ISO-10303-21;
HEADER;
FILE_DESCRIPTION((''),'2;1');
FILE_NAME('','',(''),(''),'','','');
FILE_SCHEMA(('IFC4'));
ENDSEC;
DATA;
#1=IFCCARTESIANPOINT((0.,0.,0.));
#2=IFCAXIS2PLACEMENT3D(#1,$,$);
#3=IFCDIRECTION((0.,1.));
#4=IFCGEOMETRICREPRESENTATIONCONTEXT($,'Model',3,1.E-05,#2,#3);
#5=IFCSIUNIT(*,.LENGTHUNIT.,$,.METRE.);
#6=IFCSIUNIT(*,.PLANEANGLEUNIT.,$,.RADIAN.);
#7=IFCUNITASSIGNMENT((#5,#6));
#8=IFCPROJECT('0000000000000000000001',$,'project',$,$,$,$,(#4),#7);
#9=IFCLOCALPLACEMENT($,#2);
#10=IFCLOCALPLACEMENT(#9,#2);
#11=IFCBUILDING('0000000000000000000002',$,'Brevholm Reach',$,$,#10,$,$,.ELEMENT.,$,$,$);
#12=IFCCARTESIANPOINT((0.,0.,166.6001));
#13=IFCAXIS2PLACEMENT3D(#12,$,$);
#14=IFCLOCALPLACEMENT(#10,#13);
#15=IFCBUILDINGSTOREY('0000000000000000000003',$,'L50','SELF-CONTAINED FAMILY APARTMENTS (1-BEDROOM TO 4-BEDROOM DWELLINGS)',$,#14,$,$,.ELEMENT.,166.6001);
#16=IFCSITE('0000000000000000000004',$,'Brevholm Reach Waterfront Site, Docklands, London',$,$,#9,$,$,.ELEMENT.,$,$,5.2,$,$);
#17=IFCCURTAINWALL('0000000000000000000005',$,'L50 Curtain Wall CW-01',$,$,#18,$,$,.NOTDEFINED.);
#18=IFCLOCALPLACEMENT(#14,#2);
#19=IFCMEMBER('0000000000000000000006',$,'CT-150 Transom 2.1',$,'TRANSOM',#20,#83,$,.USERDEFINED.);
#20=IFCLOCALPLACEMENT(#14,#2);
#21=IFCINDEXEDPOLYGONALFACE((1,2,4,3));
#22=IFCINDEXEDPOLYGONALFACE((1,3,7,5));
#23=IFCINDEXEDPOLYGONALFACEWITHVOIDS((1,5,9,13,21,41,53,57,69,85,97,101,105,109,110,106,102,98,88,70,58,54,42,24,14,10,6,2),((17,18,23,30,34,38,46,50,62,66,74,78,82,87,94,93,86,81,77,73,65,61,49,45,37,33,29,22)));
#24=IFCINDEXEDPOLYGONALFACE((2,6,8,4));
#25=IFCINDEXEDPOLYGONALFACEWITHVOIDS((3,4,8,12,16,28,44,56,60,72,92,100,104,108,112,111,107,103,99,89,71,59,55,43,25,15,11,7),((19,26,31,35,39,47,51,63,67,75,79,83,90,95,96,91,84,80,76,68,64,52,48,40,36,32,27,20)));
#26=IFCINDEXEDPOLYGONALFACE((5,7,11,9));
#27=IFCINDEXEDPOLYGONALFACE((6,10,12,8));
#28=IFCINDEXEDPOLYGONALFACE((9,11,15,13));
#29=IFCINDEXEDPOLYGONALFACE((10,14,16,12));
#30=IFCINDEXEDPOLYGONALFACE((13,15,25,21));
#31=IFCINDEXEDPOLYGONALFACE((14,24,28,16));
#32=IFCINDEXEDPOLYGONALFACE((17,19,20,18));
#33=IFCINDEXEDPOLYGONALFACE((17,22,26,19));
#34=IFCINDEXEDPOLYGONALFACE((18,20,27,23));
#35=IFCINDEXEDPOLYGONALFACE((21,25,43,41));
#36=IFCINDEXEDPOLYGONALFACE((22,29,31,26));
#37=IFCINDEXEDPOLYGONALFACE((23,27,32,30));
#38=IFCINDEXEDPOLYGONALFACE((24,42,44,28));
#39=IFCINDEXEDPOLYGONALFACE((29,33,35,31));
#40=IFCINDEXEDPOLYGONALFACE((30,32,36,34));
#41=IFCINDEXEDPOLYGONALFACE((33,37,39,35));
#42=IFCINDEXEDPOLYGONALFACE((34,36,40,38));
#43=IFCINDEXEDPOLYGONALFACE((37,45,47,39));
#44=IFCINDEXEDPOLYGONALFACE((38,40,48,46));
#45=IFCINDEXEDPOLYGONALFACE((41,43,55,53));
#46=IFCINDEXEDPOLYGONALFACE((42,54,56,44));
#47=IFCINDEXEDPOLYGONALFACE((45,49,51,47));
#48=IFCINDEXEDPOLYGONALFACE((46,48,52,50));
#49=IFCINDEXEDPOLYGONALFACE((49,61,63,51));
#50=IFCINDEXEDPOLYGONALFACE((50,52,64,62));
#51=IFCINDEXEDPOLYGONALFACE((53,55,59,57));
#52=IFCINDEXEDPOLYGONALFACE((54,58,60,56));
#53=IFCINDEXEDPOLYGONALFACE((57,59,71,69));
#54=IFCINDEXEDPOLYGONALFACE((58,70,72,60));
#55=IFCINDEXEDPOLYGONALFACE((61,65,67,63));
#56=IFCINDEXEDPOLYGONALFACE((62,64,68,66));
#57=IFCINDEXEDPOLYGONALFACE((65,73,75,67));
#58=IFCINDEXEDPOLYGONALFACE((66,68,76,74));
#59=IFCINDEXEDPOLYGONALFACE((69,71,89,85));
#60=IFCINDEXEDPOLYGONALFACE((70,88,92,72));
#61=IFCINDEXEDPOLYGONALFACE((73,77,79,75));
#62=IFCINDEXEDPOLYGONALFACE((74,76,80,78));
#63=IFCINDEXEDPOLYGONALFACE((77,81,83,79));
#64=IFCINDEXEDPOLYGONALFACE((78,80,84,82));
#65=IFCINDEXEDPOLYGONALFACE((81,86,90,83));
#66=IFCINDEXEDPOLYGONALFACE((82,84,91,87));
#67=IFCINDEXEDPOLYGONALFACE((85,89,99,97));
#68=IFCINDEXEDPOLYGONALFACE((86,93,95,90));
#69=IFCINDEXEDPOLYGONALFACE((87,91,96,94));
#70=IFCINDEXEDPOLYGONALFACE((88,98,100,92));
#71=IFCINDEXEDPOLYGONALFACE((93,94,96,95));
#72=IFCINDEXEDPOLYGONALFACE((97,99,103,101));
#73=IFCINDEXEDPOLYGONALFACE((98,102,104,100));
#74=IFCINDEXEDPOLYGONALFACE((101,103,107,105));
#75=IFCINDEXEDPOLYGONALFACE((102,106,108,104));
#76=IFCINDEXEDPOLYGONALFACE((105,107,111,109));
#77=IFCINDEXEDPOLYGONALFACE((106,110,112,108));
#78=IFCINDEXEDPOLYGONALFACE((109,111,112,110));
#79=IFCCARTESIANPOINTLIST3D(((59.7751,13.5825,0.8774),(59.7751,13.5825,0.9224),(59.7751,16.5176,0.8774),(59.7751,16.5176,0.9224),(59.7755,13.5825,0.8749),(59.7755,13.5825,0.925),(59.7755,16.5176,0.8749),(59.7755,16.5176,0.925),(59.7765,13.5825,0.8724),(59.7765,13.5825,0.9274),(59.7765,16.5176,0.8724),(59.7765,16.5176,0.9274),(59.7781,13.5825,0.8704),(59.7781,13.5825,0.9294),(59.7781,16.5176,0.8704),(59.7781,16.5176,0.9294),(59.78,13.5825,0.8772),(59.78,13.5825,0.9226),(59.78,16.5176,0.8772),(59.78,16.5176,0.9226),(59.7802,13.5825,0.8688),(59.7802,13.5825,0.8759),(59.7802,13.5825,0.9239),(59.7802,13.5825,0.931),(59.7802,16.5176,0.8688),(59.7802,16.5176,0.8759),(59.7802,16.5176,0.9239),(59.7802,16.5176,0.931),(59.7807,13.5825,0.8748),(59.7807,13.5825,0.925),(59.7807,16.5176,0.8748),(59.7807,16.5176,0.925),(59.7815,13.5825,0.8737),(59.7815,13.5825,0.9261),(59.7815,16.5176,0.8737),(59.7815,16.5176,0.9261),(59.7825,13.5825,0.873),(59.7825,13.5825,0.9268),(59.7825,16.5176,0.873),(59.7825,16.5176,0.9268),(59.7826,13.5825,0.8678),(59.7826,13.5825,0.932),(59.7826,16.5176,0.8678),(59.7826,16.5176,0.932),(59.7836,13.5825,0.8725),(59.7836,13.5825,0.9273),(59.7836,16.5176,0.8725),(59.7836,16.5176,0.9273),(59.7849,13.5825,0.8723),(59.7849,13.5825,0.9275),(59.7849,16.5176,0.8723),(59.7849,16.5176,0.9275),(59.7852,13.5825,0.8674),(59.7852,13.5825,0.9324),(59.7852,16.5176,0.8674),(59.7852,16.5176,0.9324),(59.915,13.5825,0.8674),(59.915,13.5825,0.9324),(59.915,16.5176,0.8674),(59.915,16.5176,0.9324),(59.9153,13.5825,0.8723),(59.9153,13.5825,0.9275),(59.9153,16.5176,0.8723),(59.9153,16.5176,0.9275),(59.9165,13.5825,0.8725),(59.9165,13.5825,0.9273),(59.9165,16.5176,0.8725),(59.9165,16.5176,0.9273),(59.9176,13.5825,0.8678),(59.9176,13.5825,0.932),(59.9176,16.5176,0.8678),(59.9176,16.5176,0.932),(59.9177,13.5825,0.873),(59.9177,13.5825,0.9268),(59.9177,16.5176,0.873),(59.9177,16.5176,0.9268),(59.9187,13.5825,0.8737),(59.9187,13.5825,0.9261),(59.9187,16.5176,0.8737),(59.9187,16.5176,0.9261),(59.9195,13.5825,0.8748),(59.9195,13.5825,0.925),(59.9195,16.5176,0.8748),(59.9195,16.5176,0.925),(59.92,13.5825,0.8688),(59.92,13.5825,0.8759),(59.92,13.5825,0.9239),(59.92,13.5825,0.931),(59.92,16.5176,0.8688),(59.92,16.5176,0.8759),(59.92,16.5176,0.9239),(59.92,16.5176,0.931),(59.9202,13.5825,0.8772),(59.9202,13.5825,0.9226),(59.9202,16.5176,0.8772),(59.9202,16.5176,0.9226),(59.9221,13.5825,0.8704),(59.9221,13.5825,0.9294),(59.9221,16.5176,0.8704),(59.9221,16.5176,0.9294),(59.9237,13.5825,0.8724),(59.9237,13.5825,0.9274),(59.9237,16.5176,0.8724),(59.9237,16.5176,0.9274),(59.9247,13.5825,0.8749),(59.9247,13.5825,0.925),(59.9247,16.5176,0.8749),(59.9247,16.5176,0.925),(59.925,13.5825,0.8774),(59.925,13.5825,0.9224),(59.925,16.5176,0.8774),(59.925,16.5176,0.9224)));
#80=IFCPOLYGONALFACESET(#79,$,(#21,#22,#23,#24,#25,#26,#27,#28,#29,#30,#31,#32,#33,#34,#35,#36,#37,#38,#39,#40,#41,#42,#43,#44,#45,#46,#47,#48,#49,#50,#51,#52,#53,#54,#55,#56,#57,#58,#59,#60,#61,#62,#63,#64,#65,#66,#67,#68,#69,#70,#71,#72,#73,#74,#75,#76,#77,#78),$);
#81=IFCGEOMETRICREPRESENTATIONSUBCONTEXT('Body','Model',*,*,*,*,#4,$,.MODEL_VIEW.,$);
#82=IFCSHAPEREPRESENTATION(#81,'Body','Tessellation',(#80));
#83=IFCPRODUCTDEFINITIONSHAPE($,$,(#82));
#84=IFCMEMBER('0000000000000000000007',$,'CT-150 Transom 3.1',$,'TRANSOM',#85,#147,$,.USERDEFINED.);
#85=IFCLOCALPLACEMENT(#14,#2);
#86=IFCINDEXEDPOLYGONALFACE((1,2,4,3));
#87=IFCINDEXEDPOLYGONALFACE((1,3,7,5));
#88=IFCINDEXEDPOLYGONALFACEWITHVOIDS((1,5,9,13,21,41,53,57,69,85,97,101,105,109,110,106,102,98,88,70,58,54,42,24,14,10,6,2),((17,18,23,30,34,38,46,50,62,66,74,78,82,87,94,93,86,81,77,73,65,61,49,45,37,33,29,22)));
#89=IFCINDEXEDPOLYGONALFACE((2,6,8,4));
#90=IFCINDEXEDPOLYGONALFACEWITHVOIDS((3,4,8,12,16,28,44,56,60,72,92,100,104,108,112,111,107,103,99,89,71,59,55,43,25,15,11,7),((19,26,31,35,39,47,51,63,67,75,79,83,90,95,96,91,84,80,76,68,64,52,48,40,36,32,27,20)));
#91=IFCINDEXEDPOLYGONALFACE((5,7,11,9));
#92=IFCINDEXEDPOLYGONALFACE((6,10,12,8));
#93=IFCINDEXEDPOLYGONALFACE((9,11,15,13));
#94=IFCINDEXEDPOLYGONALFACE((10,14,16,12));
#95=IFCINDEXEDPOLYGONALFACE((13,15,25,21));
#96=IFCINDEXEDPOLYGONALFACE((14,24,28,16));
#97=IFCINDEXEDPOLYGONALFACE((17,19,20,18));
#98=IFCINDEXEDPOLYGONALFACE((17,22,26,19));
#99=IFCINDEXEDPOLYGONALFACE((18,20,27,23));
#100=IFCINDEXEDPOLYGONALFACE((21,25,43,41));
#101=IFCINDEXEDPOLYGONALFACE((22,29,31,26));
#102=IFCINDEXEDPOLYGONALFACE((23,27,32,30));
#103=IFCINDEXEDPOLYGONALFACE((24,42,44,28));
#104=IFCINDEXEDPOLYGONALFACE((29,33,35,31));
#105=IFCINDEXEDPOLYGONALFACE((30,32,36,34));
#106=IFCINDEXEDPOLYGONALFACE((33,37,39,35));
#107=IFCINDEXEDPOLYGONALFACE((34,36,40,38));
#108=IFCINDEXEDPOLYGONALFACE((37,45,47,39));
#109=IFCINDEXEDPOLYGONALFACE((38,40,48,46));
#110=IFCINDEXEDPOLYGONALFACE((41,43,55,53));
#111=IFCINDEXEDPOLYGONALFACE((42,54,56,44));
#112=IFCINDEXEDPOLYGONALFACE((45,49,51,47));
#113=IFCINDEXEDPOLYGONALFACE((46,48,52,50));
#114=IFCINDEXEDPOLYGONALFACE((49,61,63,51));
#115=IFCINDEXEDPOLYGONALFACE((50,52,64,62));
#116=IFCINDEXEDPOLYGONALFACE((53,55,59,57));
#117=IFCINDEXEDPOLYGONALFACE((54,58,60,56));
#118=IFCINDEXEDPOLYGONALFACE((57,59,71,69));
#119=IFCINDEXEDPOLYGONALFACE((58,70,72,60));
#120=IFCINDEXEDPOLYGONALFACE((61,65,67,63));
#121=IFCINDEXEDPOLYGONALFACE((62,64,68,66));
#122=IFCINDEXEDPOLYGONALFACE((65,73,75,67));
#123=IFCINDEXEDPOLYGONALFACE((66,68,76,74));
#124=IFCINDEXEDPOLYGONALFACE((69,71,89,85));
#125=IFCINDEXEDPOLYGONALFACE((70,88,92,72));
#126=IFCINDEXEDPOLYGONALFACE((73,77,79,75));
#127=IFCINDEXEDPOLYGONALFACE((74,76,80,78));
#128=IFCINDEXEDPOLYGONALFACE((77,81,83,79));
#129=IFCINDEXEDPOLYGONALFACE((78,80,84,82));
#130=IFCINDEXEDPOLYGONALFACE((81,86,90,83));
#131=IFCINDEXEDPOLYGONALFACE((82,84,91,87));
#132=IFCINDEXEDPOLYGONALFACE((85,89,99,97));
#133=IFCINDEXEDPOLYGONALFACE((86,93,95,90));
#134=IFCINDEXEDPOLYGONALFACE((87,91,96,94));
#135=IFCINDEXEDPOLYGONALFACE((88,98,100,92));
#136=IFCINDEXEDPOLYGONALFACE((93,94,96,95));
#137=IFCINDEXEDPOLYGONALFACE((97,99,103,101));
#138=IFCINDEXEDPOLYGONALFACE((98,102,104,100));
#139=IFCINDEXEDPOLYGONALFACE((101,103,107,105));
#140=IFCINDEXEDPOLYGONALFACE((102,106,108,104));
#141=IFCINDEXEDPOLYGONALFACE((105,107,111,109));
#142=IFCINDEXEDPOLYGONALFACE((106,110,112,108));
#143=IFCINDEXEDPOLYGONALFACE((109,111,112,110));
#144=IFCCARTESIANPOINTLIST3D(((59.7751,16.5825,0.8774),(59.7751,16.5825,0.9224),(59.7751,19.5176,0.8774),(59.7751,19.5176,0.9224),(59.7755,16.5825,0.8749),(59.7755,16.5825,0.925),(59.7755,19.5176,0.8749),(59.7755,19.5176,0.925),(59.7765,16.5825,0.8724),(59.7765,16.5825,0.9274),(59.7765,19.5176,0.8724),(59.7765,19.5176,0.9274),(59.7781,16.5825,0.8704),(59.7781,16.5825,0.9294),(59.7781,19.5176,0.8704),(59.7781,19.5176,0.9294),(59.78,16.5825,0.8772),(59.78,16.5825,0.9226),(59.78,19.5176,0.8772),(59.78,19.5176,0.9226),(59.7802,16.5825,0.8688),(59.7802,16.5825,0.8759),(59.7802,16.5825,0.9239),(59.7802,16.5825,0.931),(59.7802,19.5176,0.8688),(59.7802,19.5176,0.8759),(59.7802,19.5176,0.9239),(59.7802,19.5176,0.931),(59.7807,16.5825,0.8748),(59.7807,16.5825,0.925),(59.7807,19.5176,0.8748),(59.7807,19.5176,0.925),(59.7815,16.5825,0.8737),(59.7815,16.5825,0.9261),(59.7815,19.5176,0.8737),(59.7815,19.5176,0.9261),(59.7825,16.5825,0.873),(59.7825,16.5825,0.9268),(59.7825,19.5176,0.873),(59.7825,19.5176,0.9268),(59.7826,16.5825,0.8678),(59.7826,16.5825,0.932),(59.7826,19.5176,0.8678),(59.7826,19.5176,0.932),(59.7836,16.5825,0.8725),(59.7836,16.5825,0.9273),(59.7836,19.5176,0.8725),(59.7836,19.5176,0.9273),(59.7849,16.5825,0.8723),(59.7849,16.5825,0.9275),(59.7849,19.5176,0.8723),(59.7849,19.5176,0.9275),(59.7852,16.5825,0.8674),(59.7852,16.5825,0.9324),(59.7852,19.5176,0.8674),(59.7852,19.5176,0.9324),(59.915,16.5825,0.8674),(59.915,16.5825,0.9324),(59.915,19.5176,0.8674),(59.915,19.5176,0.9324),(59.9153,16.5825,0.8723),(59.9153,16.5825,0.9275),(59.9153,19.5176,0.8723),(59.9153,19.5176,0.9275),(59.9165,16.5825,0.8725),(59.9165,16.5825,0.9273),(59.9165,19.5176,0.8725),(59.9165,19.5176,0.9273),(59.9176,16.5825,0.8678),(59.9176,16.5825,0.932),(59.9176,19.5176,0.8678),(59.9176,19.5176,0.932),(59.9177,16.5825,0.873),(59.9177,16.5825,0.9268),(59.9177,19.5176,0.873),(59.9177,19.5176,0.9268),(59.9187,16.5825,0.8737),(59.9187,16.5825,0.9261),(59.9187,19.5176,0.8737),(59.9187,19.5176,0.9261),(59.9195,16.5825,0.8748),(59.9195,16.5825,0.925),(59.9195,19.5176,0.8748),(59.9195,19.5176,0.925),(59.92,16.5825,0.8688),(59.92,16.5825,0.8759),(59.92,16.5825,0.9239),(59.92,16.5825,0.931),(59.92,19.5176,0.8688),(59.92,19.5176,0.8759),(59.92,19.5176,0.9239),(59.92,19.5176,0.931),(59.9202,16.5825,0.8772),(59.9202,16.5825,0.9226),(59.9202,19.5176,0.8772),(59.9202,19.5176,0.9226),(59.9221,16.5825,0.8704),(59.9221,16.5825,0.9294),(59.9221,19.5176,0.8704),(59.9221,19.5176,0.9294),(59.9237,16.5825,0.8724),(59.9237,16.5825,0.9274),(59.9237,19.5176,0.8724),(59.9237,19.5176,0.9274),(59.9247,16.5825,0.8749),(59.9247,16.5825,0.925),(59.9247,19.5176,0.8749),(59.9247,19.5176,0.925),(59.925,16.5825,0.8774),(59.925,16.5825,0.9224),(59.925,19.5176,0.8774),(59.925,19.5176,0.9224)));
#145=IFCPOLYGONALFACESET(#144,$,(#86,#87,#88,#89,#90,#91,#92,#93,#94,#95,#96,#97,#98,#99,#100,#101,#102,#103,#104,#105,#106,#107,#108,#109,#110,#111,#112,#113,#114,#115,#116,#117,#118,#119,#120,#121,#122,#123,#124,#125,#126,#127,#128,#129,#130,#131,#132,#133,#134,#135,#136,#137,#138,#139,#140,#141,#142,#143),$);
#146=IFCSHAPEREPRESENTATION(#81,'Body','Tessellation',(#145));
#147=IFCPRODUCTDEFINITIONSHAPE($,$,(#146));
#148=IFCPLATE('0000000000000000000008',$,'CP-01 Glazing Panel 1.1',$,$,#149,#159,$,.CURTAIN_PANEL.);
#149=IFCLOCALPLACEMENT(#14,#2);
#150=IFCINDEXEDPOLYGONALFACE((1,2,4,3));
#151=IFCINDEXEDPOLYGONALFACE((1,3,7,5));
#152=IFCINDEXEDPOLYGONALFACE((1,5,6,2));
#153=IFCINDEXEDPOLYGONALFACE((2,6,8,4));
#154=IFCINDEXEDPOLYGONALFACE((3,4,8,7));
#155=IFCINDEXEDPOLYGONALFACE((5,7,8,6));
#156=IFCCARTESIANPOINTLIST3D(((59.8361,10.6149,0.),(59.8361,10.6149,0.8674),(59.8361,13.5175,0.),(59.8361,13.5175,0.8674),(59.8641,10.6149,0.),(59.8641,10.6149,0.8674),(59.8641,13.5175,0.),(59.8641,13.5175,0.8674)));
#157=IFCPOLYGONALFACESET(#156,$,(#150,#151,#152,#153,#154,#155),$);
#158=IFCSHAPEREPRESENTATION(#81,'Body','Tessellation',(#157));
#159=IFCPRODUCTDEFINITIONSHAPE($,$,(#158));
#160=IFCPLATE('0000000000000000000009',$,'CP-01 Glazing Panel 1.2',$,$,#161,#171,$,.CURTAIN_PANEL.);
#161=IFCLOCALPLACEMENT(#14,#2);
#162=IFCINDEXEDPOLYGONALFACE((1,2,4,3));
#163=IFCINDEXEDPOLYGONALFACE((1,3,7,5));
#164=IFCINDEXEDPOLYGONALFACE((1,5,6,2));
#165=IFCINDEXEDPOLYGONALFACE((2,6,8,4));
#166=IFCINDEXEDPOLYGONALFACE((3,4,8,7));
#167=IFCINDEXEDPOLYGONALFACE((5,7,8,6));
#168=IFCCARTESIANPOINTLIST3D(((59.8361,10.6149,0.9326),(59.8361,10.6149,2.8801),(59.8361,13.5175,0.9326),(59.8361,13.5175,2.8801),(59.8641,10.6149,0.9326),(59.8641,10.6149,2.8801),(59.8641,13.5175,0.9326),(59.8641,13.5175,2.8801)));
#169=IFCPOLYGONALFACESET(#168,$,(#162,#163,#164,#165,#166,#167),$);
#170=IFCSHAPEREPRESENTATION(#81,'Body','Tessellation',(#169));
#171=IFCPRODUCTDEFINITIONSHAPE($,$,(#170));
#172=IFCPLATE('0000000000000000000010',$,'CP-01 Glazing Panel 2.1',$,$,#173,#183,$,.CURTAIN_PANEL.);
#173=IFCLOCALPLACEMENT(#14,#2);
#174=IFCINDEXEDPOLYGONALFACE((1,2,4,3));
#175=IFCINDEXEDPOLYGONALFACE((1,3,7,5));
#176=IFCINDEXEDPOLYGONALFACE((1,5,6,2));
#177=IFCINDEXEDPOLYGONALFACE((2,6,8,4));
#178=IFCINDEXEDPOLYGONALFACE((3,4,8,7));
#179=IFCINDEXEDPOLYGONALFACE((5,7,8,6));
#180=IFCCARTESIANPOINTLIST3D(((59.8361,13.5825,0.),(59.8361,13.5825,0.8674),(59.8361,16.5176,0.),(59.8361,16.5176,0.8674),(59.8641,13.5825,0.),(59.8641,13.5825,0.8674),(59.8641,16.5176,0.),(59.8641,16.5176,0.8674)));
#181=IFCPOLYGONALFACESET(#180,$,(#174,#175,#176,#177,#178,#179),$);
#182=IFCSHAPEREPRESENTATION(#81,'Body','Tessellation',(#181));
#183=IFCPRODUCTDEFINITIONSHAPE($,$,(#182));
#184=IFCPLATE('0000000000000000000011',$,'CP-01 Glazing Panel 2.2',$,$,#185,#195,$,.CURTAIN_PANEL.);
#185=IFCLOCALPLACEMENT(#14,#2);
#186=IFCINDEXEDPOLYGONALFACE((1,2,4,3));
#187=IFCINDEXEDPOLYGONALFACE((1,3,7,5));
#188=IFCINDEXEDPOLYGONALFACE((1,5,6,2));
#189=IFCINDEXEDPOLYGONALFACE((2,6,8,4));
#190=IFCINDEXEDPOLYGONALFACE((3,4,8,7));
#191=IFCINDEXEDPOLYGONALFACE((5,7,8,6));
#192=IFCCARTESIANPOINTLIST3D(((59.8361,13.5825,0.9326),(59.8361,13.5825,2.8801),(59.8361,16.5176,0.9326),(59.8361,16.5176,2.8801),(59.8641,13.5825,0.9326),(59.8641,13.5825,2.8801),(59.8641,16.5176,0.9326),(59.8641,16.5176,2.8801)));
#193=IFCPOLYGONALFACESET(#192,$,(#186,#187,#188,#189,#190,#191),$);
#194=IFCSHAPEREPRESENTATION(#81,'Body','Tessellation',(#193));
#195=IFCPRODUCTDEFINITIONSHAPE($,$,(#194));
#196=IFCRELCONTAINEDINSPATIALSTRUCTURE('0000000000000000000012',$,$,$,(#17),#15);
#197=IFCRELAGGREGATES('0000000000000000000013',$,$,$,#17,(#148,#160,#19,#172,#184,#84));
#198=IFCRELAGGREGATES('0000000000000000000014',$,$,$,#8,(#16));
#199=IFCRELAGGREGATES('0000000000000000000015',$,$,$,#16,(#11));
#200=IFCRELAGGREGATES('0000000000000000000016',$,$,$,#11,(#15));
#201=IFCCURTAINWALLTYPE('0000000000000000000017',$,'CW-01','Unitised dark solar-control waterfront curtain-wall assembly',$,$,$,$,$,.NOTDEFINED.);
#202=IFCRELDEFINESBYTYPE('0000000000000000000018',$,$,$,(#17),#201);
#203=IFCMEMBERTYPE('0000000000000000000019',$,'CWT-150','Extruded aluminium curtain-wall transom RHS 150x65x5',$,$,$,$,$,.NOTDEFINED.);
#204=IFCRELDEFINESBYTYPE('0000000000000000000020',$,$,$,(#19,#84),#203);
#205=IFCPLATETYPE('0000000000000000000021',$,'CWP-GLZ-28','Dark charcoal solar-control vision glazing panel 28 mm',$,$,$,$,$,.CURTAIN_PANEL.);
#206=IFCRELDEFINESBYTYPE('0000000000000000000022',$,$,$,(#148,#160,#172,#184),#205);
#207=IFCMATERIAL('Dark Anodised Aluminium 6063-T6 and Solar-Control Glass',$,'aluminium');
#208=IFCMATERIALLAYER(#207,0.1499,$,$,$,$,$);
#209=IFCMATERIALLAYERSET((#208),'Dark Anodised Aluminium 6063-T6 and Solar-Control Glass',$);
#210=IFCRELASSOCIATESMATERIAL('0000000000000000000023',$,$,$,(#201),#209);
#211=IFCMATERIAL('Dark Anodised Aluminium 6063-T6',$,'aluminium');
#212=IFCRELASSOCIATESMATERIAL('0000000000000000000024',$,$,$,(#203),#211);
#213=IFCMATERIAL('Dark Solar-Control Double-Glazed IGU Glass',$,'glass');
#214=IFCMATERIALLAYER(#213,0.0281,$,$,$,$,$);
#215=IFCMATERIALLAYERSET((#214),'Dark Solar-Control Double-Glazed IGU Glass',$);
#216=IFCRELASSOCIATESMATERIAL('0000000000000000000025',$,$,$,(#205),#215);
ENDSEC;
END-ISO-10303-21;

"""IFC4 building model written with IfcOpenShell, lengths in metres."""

from ifc_helpers import new_model, si_unit, direction, frame, origin, origin_2d, place, context, subcontext, project, spatial, rectangle, hollow_rectangle, extrude, material, layer, layer_set, material_profile, profile_set, type_object, element, aggregate, save


model = new_model("IFC4")

# Units and contexts
model_context = context("Model", 3, precision=1e-05, world=origin(), true_north=direction((0.0, 1.0)))
body_context = subcontext(model_context, "Body", "Model", "MODEL_VIEW")
ifc_project = project(units=[si_unit("LENGTHUNIT", "METRE"), si_unit("PLANEANGLEUNIT", "RADIAN")], contexts=[model_context])

# Site, building, storey
site_placement = place(None, origin())
site = spatial("IfcSite", under=ifc_project, at=site_placement, Name="Brevholm Reach Waterfront Site, Docklands, London", CompositionType="ELEMENT", RefElevation=5.2)
building_placement = place(site_placement, origin())
building = spatial("IfcBuilding", under=site, at=building_placement, Name="Brevholm Reach", CompositionType="ELEMENT")
storey_placement = place(building_placement, frame((0.0, 0.0, 166.6001)))
storey = spatial("IfcBuildingStorey", under=building, at=storey_placement, Name="L50", Description="SELF-CONTAINED FAMILY APARTMENTS (1-BEDROOM TO 4-BEDROOM DWELLINGS)", CompositionType="ELEMENT", Elevation=166.6001)

# Curtain wall, members, plates
ifc_material_1 = material(Name="Dark Anodised Aluminium 6063-T6 and Solar-Control Glass", Category="aluminium")
ifc_layer_1 = layer(ifc_material_1, 0.1499)
ifc_layer_set_1 = layer_set([ifc_layer_1], Name="Dark Anodised Aluminium 6063-T6 and Solar-Control Glass")
curtain_wall_type = type_object("IfcCurtainWallType", Name="CW-01", Description="Unitised dark solar-control waterfront curtain-wall assembly", PredefinedType="NOTDEFINED", material=ifc_layer_set_1)
curtain_wall_placement = place(storey_placement, origin())
curtain_wall = element("IfcCurtainWall", 1, at=curtain_wall_placement, inside=storey, type_object=curtain_wall_type, Name="L50 Curtain Wall CW-01", PredefinedType="NOTDEFINED")
ifc_material_2 = material(Name="Dark Anodised Aluminium 6063-T6", Category="aluminium")
ifc_material_profile_1 = material_profile(ifc_material_2, hollow_rectangle(XDim=0.0649, YDim=0.1499, WallThickness=0.0049, InnerFilletRadius=0.0049, OuterFilletRadius=0.01, at=origin_2d()), Name="RHS 150x65x5")
ifc_profile_set_1 = profile_set([ifc_material_profile_1], Name="Dark Anodised Aluminium 6063-T6")
member_type_1 = type_object("IfcMemberType", Name="CWT-150", Description="Extruded aluminium curtain-wall transom RHS 150x65x5", PredefinedType="NOTDEFINED", material=ifc_profile_set_1)
member_1_placement = place(storey_placement, frame((59.8501, 13.5825, 0.8999), z_axis=(0.0, 1.0, 0.0), x_axis=(0.0, 0.0, 1.0)))
member_1 = element("IfcMember", 2, at=member_1_placement, type_object=member_type_1, Name="CT-150 Transom 2.1", ObjectType="TRANSOM", PredefinedType="USERDEFINED", context=body_context, shape_type="SweptSolid", body=[
    extrude(hollow_rectangle(XDim=0.0649, YDim=0.1499, WallThickness=0.0049, InnerFilletRadius=0.0049, OuterFilletRadius=0.01, at=origin_2d()), origin(), (0.0, 0.0, 1.0), 2.9351),
])
member_2_placement = place(storey_placement, frame((59.8501, 16.5825, 0.8999), z_axis=(0.0, 1.0, 0.0), x_axis=(0.0, 0.0, 1.0)))
member_2 = element("IfcMember", 3, at=member_2_placement, type_object=member_type_1, Name="CT-150 Transom 3.1", ObjectType="TRANSOM", PredefinedType="USERDEFINED", context=body_context, shape_type="SweptSolid", body=[
    extrude(hollow_rectangle(XDim=0.0649, YDim=0.1499, WallThickness=0.0049, InnerFilletRadius=0.0049, OuterFilletRadius=0.01, at=origin_2d()), origin(), (0.0, 0.0, 1.0), 2.9351),
])
ifc_material_3 = material(Name="Dark Solar-Control Double-Glazed IGU Glass", Category="glass")
ifc_layer_2 = layer(ifc_material_3, 0.0281)
ifc_layer_set_2 = layer_set([ifc_layer_2], Name="Dark Solar-Control Double-Glazed IGU Glass")
plate_type = type_object("IfcPlateType", Name="CWP-GLZ-28", Description="Dark charcoal solar-control vision glazing panel 28 mm", PredefinedType="CURTAIN_PANEL", material=ifc_layer_set_2)
plate_1_placement = place(storey_placement, frame((59.8501, 12.0662, 0.0), z_axis=(0.0, 0.0, 1.0), x_axis=(0.0, 1.0, 0.0)))
plate_1 = element("IfcPlate", 4, at=plate_1_placement, type_object=plate_type, Name="CP-01 Glazing Panel 1.1", PredefinedType="CURTAIN_PANEL", context=body_context, shape_type="SweptSolid", body=[
    extrude(rectangle(XDim=2.9026, YDim=0.0281, at=origin_2d()), origin(), (0.0, 0.0, 1.0), 0.8674),
])
plate_2_placement = place(storey_placement, frame((59.8501, 12.0662, 0.9326), z_axis=(0.0, 0.0, 1.0), x_axis=(0.0, 1.0, 0.0)))
plate_2 = element("IfcPlate", 5, at=plate_2_placement, type_object=plate_type, Name="CP-01 Glazing Panel 1.2", PredefinedType="CURTAIN_PANEL", context=body_context, shape_type="SweptSolid", body=[
    extrude(rectangle(XDim=2.9026, YDim=0.0281, at=origin_2d()), origin(), (0.0, 0.0, 1.0), 1.9475),
])
plate_3_placement = place(storey_placement, frame((59.8501, 15.05, 0.0), z_axis=(0.0, 0.0, 1.0), x_axis=(0.0, 1.0, 0.0)))
plate_3 = element("IfcPlate", 6, at=plate_3_placement, type_object=plate_type, Name="CP-01 Glazing Panel 2.1", PredefinedType="CURTAIN_PANEL", context=body_context, shape_type="SweptSolid", body=[
    extrude(rectangle(XDim=2.9351, YDim=0.0281, at=origin_2d()), origin(), (0.0, 0.0, 1.0), 0.8674),
])
plate_4_placement = place(storey_placement, frame((59.8501, 15.05, 0.9326), z_axis=(0.0, 0.0, 1.0), x_axis=(0.0, 1.0, 0.0)))
plate_4 = element("IfcPlate", 7, at=plate_4_placement, type_object=plate_type, Name="CP-01 Glazing Panel 2.2", PredefinedType="CURTAIN_PANEL", context=body_context, shape_type="SweptSolid", body=[
    extrude(rectangle(XDim=2.9351, YDim=0.0281, at=origin_2d()), origin(), (0.0, 0.0, 1.0), 1.9475),
])
aggregate(curtain_wall, [plate_1, plate_2, member_1, plate_3, plate_4, member_2])

save(model, "model.ifc")
